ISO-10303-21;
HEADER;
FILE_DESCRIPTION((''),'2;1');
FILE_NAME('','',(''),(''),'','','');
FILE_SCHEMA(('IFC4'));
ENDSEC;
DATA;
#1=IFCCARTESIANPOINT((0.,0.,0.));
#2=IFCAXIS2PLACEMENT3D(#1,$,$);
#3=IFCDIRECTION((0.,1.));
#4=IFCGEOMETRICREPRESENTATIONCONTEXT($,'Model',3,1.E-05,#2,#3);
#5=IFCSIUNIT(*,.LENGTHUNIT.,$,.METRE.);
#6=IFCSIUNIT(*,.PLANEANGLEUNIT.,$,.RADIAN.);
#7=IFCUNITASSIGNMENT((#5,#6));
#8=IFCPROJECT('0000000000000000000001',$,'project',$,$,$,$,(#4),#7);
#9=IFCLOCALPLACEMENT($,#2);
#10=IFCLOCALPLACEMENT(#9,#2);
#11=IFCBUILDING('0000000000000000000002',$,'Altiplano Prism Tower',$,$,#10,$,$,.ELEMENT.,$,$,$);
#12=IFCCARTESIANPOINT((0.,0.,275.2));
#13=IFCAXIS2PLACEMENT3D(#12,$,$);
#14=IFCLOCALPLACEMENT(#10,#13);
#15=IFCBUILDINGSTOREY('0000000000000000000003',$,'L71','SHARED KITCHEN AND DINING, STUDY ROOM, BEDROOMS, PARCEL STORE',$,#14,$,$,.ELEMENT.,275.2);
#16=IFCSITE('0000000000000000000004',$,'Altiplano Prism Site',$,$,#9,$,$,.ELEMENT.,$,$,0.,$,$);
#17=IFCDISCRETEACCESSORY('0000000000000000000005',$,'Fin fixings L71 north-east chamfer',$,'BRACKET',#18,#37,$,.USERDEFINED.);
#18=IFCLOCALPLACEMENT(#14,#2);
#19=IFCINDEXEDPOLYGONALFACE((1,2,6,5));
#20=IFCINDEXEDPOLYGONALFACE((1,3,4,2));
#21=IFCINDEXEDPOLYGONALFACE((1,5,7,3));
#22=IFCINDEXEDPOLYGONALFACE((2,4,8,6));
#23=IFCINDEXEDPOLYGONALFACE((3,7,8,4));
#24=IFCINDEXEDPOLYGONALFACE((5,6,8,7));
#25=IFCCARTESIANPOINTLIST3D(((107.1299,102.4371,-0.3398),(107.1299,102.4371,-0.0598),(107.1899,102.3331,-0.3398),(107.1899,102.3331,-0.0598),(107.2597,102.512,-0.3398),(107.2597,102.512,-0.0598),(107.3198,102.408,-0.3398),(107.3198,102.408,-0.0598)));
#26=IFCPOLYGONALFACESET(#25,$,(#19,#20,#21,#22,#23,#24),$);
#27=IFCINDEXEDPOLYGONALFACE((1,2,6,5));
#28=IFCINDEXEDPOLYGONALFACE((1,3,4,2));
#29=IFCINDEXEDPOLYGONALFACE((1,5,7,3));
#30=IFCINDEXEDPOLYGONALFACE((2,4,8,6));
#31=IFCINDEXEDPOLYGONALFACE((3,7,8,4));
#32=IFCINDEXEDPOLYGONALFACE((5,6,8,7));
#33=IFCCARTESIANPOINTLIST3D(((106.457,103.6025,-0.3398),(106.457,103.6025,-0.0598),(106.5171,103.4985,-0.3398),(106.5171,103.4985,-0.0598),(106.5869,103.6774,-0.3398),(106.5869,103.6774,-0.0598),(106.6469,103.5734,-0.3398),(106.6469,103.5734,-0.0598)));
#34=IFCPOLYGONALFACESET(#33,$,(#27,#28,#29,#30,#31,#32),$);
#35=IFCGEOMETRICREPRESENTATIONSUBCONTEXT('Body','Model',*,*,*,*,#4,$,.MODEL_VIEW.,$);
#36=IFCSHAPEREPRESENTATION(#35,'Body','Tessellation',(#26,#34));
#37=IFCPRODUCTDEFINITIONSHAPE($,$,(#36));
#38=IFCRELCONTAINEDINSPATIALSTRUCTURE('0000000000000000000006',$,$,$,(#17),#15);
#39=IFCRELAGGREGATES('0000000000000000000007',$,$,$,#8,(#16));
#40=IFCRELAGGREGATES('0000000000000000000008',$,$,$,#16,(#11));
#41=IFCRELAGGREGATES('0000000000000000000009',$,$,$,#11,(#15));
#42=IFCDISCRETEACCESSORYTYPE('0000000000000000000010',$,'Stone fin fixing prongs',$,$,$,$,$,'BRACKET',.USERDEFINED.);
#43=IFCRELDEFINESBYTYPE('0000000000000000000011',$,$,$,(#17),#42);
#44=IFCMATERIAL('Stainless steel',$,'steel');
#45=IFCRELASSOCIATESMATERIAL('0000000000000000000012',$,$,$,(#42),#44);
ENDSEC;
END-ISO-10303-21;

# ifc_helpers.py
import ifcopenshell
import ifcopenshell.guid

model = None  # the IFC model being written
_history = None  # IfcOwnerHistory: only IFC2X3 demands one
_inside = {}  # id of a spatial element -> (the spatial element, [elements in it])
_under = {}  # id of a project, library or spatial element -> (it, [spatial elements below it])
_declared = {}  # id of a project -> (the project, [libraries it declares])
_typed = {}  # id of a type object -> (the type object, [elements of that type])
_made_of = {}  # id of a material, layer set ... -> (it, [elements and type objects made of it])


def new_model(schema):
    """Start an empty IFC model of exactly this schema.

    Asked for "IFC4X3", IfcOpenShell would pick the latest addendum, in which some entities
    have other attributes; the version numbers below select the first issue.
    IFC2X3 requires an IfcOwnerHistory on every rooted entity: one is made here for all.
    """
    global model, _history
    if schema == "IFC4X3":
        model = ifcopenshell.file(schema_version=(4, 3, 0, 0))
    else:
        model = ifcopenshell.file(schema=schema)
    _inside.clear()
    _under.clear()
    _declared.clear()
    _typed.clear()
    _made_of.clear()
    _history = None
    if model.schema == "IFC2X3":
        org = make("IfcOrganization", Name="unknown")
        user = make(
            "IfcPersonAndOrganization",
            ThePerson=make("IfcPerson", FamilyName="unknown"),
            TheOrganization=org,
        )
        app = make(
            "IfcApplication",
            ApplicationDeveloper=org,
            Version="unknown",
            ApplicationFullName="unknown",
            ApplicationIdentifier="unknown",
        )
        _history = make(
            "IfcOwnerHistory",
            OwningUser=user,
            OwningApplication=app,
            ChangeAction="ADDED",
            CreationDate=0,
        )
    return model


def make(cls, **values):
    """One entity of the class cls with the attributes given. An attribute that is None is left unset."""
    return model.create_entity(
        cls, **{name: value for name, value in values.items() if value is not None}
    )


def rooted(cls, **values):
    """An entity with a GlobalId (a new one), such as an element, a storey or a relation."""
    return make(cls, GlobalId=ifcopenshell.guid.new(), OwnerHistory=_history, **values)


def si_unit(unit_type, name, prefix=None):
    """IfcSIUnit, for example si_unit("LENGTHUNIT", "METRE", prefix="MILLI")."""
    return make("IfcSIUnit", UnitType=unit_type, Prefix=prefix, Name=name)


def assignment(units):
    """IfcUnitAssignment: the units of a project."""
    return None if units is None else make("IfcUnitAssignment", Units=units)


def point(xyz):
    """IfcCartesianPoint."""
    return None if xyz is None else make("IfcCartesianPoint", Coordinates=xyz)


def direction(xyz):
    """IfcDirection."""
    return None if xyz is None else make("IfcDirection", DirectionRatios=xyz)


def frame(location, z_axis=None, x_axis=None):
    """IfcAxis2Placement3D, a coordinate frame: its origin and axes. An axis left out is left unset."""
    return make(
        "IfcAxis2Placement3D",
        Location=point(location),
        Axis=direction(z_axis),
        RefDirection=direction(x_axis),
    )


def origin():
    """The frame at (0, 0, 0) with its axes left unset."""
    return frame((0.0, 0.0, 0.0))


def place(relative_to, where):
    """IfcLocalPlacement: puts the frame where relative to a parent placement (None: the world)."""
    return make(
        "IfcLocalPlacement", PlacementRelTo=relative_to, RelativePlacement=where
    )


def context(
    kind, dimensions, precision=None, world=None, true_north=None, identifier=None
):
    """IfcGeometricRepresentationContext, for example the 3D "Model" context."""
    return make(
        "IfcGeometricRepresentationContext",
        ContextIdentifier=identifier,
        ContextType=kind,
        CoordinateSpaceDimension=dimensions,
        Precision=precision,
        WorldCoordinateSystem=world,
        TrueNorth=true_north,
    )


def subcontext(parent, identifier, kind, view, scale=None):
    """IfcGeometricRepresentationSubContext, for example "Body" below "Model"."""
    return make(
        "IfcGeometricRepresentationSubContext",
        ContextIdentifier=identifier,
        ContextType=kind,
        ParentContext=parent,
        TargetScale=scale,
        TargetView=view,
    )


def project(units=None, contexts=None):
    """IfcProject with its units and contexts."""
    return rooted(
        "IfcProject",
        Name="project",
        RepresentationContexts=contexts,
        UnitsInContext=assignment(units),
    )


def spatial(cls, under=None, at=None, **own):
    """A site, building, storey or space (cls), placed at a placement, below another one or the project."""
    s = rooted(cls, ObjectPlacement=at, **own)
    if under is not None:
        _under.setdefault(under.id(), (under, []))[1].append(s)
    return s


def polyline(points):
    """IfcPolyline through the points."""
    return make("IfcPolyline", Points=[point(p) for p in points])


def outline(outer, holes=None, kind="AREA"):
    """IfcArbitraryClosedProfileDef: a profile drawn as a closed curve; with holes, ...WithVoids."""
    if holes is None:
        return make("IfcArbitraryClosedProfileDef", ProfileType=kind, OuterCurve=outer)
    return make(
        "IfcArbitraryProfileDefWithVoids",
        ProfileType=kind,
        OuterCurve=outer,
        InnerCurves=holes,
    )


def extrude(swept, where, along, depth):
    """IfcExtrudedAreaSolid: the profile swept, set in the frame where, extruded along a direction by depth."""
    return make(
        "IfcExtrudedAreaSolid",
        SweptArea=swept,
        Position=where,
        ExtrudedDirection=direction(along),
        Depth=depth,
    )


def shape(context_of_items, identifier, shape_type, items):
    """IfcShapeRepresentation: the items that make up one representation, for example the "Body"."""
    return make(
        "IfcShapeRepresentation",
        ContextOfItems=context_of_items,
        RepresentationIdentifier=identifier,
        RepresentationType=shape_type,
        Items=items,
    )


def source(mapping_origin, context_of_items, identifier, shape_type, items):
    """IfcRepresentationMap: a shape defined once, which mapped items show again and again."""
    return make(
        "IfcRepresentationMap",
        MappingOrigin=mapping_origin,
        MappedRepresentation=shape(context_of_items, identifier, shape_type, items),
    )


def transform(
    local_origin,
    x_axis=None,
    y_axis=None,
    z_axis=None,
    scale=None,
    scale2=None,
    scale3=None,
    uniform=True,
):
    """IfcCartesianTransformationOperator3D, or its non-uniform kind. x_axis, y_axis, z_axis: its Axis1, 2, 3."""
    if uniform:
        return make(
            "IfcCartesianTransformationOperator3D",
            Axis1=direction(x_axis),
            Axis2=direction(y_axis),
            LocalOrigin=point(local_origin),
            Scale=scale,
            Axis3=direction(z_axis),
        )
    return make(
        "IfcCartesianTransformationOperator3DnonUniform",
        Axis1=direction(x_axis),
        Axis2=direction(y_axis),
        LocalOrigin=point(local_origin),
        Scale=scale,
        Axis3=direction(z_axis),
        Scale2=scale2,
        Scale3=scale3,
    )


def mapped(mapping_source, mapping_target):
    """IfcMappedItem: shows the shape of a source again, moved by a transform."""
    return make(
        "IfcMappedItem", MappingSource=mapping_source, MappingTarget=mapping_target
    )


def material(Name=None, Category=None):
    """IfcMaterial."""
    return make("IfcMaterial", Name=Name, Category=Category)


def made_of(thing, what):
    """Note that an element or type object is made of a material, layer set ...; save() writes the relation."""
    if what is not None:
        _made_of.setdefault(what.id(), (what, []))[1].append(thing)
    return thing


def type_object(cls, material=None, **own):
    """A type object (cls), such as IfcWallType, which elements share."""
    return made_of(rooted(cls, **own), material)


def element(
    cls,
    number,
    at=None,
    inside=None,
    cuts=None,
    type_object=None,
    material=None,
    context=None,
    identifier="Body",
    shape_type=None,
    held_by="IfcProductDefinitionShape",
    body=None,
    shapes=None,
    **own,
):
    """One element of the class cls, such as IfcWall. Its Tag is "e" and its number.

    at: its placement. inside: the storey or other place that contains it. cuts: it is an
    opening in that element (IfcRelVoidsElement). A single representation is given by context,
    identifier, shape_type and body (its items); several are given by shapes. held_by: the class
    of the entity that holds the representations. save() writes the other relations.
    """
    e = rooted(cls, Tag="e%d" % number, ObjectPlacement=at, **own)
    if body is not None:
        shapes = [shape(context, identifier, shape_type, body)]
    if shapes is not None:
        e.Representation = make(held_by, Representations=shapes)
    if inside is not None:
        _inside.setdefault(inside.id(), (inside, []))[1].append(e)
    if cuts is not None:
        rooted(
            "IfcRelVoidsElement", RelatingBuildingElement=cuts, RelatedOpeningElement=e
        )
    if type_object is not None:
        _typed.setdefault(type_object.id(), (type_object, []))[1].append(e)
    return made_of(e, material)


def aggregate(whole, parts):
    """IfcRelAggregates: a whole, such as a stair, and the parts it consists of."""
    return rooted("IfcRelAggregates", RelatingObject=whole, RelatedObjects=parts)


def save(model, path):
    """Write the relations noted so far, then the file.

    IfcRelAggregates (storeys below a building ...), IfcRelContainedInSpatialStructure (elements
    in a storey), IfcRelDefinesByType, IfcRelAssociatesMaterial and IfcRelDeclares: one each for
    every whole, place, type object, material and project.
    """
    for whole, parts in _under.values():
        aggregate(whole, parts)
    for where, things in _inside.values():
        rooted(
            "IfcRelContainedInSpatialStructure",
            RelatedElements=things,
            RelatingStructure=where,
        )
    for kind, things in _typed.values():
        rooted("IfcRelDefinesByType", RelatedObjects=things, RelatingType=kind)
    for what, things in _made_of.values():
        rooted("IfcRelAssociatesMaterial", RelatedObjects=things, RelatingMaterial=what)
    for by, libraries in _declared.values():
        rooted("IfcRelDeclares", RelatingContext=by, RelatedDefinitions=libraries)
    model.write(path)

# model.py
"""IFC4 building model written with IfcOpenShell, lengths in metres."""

from ifc_helpers import new_model, si_unit, direction, frame, origin, place, context, subcontext, project, spatial, polyline, outline, extrude, source, transform, mapped, material, type_object, element, save


model = new_model("IFC4")

# Units and contexts
model_context = context("Model", 3, precision=1e-05, world=origin(), true_north=direction((0.0, 1.0)))
body_context = subcontext(model_context, "Body", "Model", "MODEL_VIEW")
ifc_project = project(units=[si_unit("LENGTHUNIT", "METRE"), si_unit("PLANEANGLEUNIT", "RADIAN")], contexts=[model_context])

# Site, building, storey
site_placement = place(None, origin())
site = spatial("IfcSite", under=ifc_project, at=site_placement, Name="Altiplano Prism Site", CompositionType="ELEMENT", RefElevation=0.0)
building_placement = place(site_placement, origin())
building = spatial("IfcBuilding", under=site, at=building_placement, Name="Altiplano Prism Tower", CompositionType="ELEMENT")
storey_placement = place(building_placement, frame((0.0, 0.0, 275.2)))
storey = spatial("IfcBuildingStorey", under=building, at=storey_placement, Name="L71", Description="SHARED KITCHEN AND DINING, STUDY ROOM, BEDROOMS, PARCEL STORE", CompositionType="ELEMENT", Elevation=275.2)

# Discrete accessory
ifc_material_1 = material(Name="Stainless steel", Category="steel")
discrete_accessory_type = type_object("IfcDiscreteAccessoryType", Name="Stone fin fixing prongs", ElementType="BRACKET", PredefinedType="USERDEFINED", material=ifc_material_1)
shared_shape_1 = source(origin(), body_context, "Body", "SweptSolid", [
    extrude(outline(polyline([(-0.7329, 0.0601), (-0.6128, 0.0601), (-0.6128, 0.3401), (-0.7329, 0.3401), (-0.7329, 0.0601)])), frame((0.0, 0.0, 0.0), z_axis=(0.0, -1.0, 0.0), x_axis=(1.0, 0.0, 0.0)), (0.0, 0.0, 1.0), 0.1499),
    extrude(outline(polyline([(0.6128, 0.0601), (0.7329, 0.0601), (0.7329, 0.3401), (0.6128, 0.3401), (0.6128, 0.0601)])), frame((0.0, 0.0, 0.0), z_axis=(0.0, -1.0, 0.0), x_axis=(1.0, 0.0, 0.0)), (0.0, 0.0, 1.0), 0.1499),
])
discrete_accessory_1_placement = place(storey_placement, origin())
element("IfcDiscreteAccessory", 1, at=discrete_accessory_1_placement, inside=storey, type_object=discrete_accessory_type, Name="Fin fixings L71 north-east chamfer", ObjectType="BRACKET", PredefinedType="USERDEFINED", context=body_context, shape_type="MappedRepresentation", body=[
    mapped(shared_shape_1, transform((106.8235, 102.9678, -0.3999), x_axis=(-0.5, 0.866025, 0.0), y_axis=(-0.866025, -0.5, 0.0), z_axis=(0.0, 0.0, 1.0))),
])

save(model, "model.ifc")
